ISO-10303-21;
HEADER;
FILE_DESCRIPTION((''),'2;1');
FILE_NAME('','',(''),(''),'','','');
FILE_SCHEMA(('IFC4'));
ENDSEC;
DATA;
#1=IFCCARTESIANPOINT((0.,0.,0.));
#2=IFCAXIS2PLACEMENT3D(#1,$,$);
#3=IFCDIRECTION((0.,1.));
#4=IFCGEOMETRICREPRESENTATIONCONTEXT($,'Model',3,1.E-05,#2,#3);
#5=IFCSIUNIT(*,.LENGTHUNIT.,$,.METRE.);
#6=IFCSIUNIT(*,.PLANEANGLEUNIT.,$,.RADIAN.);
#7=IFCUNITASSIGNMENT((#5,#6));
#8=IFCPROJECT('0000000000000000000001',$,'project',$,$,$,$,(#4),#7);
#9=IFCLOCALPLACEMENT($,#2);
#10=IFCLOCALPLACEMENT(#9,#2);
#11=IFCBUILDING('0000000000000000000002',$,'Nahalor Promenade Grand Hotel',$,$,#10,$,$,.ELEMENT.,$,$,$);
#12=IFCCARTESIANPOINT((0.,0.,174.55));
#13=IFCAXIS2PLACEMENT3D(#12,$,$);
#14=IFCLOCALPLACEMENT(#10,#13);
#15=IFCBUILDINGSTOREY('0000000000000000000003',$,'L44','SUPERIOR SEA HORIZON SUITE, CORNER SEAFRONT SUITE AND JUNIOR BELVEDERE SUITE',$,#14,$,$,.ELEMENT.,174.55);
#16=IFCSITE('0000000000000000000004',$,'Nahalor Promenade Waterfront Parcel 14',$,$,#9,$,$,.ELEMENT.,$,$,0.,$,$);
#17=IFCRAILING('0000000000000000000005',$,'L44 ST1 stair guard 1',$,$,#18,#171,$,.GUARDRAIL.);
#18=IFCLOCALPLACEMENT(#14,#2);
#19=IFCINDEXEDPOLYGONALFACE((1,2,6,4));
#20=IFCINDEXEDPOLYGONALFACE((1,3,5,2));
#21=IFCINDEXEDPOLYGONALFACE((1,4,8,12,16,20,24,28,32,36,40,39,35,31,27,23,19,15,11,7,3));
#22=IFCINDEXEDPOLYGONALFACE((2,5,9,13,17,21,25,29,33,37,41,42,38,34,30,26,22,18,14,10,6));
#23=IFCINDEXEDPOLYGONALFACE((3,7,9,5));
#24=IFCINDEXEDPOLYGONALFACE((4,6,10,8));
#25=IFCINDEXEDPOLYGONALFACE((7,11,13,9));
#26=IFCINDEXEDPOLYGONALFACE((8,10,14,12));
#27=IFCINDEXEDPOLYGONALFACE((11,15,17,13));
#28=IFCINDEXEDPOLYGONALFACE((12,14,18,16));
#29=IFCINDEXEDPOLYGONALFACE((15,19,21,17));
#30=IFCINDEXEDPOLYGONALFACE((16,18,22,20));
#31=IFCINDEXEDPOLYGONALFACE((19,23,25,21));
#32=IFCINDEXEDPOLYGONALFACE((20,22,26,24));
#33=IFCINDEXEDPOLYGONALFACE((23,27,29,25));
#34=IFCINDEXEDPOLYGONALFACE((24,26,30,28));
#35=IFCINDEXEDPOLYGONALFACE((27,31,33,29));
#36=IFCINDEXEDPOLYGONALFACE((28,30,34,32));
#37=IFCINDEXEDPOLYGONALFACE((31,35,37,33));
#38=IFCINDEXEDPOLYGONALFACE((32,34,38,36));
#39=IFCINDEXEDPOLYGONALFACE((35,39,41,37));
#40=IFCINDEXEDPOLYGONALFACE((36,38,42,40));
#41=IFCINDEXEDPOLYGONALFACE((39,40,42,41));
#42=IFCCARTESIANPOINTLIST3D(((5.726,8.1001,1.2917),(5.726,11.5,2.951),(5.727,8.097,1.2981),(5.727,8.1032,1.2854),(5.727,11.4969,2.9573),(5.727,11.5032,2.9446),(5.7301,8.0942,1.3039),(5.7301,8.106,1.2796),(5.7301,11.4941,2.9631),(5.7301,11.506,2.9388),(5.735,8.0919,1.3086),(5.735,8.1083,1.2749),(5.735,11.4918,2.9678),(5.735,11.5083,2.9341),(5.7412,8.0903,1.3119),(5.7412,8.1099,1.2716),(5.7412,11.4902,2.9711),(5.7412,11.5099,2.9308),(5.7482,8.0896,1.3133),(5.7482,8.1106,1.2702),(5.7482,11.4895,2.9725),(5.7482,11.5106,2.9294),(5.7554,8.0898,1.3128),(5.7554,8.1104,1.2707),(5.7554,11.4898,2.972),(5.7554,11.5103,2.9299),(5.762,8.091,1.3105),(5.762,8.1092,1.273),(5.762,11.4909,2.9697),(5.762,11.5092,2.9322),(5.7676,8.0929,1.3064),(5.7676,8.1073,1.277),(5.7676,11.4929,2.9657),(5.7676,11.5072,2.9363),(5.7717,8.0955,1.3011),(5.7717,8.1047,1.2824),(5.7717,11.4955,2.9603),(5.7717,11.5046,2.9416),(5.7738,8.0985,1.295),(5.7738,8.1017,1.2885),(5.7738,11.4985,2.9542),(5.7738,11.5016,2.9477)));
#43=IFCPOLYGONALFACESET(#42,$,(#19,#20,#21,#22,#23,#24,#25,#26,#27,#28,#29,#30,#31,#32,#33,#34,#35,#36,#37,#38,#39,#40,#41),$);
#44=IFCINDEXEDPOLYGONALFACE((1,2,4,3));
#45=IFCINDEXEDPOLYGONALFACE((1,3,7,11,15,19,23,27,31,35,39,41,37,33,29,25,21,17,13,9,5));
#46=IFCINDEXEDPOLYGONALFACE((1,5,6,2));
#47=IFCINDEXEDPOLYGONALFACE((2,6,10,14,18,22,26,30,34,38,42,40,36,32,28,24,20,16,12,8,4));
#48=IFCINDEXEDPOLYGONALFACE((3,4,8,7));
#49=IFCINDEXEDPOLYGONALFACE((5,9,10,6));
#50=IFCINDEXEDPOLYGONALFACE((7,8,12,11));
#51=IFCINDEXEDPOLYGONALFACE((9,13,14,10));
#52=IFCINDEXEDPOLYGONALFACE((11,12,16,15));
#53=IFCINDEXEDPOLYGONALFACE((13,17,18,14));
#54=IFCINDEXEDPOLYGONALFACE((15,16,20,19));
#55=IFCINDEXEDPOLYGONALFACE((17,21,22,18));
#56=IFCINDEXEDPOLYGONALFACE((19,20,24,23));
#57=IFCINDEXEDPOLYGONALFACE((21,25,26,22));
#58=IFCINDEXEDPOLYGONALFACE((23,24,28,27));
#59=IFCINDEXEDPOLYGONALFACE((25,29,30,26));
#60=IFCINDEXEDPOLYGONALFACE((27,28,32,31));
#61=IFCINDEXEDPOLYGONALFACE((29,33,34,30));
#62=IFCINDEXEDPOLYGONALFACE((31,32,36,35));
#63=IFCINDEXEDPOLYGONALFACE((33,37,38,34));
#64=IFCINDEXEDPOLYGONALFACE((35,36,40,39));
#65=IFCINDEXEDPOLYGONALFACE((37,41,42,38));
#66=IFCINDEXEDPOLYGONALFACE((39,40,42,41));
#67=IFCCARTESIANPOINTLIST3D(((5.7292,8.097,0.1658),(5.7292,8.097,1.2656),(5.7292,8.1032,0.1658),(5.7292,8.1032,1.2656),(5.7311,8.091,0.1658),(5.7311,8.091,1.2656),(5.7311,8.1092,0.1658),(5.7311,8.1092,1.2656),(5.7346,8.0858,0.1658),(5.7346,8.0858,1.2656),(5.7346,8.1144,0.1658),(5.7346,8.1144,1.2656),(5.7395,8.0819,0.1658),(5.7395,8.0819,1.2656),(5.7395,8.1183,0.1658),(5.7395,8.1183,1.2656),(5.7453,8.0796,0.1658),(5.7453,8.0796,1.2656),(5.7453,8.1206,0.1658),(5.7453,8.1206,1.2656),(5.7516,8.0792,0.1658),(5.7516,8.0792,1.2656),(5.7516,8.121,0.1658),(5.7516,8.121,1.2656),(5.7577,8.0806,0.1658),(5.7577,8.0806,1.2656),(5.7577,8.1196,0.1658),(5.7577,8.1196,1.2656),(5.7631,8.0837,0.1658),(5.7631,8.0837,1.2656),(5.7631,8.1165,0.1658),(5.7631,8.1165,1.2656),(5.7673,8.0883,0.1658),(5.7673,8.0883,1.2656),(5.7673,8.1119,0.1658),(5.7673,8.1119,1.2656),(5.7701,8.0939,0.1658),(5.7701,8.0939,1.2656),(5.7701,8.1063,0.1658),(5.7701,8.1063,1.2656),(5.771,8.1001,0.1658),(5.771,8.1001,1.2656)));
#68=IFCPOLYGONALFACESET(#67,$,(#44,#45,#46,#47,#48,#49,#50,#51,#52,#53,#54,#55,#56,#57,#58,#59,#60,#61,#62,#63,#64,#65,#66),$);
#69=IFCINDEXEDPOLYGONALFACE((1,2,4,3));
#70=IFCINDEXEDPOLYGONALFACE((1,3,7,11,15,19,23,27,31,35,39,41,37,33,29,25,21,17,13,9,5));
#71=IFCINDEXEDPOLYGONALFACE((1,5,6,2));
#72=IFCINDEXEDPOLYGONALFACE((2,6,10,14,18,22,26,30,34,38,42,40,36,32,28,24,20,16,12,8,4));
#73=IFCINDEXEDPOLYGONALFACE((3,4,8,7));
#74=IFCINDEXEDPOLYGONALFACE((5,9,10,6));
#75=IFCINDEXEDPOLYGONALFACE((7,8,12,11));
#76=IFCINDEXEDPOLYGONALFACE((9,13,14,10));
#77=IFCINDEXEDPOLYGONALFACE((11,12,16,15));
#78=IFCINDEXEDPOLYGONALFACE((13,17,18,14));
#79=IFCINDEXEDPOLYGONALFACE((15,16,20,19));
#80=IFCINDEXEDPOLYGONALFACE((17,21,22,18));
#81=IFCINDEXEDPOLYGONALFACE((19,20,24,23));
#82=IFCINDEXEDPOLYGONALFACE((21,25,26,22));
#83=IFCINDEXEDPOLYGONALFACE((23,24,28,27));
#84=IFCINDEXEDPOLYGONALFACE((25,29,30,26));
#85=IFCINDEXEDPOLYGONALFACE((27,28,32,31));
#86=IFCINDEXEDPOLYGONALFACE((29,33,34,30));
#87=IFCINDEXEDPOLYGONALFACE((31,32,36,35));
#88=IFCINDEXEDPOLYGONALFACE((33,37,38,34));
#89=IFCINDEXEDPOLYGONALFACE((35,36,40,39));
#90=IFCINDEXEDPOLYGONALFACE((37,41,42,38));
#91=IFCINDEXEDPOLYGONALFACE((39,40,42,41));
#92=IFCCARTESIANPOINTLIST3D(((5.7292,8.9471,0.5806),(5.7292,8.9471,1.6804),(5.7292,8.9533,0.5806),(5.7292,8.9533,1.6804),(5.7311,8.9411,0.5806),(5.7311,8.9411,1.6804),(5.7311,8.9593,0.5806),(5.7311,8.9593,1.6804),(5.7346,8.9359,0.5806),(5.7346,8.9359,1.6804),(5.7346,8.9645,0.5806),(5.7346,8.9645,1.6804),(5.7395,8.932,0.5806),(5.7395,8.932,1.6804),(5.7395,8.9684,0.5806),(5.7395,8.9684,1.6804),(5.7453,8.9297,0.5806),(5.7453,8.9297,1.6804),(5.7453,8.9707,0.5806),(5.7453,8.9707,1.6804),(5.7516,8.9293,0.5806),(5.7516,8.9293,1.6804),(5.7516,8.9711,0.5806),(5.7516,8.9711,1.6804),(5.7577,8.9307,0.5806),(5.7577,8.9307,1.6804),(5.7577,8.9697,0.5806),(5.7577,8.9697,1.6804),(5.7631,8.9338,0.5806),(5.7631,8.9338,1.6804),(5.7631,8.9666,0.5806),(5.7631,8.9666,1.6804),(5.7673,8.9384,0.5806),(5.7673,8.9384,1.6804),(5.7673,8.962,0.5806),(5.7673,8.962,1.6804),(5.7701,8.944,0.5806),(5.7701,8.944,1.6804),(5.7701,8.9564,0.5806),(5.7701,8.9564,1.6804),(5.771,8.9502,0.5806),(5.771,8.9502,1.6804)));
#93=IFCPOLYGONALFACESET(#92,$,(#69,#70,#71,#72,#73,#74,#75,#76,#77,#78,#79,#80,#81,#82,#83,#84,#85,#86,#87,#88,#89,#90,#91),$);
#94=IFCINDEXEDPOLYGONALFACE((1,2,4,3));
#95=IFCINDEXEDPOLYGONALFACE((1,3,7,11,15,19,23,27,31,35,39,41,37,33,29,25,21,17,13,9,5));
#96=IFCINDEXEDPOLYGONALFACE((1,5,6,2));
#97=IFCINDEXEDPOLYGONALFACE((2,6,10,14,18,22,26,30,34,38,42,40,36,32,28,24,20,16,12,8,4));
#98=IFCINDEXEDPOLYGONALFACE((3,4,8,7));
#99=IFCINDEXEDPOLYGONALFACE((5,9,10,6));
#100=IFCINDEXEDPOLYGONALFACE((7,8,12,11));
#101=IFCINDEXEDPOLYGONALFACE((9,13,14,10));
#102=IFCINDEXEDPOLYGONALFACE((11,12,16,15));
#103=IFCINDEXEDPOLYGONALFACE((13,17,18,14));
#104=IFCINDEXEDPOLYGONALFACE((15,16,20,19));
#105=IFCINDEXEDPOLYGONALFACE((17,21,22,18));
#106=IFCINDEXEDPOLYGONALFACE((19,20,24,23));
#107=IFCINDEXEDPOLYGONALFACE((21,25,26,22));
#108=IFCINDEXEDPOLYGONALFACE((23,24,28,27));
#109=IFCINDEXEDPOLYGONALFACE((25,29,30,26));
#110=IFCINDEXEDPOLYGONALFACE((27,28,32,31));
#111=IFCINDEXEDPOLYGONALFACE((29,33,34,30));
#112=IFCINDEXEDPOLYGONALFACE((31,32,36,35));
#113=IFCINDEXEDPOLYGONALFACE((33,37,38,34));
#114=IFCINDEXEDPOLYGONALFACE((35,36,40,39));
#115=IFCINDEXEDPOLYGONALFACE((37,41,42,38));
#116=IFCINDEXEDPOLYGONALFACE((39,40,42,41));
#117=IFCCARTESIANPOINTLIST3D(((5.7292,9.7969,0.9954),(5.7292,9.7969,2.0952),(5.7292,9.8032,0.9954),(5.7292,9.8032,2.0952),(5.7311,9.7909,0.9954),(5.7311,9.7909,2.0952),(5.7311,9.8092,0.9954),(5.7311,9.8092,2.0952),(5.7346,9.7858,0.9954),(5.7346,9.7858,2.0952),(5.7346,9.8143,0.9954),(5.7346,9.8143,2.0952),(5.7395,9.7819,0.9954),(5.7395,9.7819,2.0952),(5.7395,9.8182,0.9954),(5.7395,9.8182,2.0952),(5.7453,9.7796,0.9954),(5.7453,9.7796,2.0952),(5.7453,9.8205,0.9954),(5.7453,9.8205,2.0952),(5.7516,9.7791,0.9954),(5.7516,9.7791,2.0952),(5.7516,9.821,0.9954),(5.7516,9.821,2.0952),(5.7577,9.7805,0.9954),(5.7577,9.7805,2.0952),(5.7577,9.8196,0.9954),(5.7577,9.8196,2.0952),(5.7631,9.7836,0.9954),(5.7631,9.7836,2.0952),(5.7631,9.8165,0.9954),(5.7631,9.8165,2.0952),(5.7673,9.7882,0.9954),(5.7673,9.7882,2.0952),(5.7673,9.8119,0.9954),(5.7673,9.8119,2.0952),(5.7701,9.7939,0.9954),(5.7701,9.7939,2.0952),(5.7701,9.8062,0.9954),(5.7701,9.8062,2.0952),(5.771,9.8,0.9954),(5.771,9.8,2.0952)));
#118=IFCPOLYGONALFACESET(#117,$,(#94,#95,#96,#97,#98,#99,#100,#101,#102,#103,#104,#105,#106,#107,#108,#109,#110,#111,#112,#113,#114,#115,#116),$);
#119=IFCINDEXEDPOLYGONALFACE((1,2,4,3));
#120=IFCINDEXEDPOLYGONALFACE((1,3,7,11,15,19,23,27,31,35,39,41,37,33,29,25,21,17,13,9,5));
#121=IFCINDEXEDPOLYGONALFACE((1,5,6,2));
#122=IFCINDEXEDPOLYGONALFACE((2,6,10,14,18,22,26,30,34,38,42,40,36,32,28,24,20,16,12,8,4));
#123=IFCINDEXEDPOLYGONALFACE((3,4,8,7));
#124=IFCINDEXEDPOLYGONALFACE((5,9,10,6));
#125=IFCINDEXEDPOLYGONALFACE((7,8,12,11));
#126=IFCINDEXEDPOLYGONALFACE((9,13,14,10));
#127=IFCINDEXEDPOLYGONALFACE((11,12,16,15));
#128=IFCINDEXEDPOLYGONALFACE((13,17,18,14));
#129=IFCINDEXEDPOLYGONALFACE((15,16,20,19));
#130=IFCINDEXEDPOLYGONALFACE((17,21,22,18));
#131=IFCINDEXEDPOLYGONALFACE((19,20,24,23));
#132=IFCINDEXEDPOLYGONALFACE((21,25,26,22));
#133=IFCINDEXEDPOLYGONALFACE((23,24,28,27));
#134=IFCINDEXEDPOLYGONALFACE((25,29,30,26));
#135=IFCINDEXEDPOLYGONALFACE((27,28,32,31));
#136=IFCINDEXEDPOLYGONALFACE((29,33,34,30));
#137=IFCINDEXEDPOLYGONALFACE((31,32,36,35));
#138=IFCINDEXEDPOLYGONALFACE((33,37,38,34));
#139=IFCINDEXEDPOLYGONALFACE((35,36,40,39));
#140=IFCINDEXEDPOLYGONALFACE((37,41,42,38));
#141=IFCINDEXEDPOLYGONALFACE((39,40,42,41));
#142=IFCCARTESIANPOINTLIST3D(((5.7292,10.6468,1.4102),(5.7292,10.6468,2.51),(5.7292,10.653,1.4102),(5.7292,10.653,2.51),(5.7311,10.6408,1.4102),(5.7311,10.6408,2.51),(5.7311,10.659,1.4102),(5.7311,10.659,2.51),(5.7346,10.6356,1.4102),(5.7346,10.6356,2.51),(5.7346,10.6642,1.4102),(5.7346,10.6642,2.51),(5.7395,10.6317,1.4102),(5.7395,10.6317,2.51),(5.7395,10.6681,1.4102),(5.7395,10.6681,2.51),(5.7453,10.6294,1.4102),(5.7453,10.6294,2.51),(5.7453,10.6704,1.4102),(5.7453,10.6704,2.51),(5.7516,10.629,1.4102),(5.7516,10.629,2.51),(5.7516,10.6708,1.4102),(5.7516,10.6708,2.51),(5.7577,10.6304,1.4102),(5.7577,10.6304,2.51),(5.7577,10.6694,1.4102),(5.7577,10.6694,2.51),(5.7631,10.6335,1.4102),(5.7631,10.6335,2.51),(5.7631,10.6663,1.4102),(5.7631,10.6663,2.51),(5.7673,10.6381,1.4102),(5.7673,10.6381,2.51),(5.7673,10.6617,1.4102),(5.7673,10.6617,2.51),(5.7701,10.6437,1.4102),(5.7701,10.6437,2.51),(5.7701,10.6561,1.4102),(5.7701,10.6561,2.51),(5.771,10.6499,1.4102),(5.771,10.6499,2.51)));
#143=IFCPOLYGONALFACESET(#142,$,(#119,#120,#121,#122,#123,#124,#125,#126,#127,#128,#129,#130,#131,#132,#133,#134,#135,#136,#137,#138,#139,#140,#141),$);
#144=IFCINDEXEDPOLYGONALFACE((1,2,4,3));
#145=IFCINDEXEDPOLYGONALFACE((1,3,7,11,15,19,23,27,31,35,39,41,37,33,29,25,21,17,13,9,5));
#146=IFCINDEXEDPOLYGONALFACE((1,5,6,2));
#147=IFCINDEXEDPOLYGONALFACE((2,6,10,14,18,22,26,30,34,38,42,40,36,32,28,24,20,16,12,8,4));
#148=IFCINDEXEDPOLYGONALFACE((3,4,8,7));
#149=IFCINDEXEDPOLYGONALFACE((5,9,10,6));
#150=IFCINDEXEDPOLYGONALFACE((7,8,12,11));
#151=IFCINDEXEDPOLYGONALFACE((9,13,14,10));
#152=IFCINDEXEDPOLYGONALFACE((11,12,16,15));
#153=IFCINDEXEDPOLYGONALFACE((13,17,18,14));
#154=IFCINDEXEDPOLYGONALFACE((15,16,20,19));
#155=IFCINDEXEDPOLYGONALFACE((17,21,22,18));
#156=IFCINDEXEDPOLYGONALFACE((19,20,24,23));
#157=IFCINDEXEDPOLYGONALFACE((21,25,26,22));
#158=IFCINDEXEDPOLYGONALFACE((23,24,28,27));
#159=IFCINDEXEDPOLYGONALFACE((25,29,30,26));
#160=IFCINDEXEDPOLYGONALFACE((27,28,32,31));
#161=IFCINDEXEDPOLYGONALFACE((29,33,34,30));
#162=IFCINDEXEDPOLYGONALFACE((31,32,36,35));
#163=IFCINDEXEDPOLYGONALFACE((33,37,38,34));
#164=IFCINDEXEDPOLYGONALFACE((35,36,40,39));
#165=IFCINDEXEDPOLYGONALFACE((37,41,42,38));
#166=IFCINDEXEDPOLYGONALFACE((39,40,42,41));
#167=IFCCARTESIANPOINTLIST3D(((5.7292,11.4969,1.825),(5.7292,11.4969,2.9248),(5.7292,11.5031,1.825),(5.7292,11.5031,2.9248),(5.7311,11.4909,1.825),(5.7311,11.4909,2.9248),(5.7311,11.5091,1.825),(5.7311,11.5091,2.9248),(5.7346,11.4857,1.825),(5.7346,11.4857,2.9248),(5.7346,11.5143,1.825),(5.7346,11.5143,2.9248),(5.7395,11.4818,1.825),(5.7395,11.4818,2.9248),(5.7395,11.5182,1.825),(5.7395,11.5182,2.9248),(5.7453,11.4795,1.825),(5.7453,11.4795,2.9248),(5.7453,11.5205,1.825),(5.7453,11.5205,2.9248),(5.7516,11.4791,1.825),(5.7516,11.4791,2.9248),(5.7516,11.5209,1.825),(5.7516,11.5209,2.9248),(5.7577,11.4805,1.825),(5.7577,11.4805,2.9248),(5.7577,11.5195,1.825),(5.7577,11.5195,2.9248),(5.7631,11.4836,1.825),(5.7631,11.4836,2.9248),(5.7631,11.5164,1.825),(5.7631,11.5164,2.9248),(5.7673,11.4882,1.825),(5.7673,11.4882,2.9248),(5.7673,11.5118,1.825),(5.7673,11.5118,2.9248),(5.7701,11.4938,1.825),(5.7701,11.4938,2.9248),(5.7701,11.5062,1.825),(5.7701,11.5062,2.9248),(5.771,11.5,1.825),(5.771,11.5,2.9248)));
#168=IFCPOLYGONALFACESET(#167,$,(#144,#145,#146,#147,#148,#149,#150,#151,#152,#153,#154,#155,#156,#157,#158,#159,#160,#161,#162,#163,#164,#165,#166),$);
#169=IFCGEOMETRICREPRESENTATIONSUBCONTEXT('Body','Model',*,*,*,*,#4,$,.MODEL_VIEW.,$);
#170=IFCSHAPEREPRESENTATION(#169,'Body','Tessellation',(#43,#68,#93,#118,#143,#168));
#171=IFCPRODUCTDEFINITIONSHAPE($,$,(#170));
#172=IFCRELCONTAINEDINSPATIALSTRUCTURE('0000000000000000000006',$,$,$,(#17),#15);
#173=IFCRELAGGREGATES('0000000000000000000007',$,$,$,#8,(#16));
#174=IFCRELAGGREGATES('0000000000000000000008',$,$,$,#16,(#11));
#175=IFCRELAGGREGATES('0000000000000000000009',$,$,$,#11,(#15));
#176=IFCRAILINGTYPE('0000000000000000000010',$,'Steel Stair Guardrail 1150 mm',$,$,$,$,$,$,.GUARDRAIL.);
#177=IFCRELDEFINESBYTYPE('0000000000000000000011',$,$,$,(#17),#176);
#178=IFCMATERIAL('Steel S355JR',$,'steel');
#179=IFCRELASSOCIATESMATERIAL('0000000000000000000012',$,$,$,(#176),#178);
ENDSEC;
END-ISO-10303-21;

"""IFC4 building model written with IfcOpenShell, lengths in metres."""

from ifc_helpers import new_model, si_unit, direction, frame, origin, origin_2d, place, context, subcontext, project, spatial, circle, extrude, material, type_object, element, save


model = new_model("IFC4")

# Units and contexts
model_context = context("Model", 3, precision=1e-05, world=origin(), true_north=direction((0.0, 1.0)))
body_context = subcontext(model_context, "Body", "Model", "MODEL_VIEW")
ifc_project = project(units=[si_unit("LENGTHUNIT", "METRE"), si_unit("PLANEANGLEUNIT", "RADIAN")], contexts=[model_context])

# Site, building, storey
site_placement = place(None, origin())
site = spatial("IfcSite", under=ifc_project, at=site_placement, Name="Nahalor Promenade Waterfront Parcel 14", CompositionType="ELEMENT", RefElevation=0.0)
building_placement = place(site_placement, origin())
building = spatial("IfcBuilding", under=site, at=building_placement, Name="Nahalor Promenade Grand Hotel", CompositionType="ELEMENT")
storey_placement = place(building_placement, frame((0.0, 0.0, 174.55)))
storey = spatial("IfcBuildingStorey", under=building, at=storey_placement, Name="L44", Description="SUPERIOR SEA HORIZON SUITE, CORNER SEAFRONT SUITE AND JUNIOR BELVEDERE SUITE", CompositionType="ELEMENT", Elevation=174.55)

# Shared definitions
ifc_material_1 = material(Name="Steel S355JR", Category="steel")

# Railing
railing_type_1 = type_object("IfcRailingType", Name="Steel Stair Guardrail 1150 mm", PredefinedType="GUARDRAIL", material=ifc_material_1)
railing_1_placement = place(storey_placement, frame((5.75, 8.1001, 0.1658)))
element("IfcRailing", 1, at=railing_1_placement, inside=storey, type_object=railing_type_1, Name="L44 ST1 stair guard 1", PredefinedType="GUARDRAIL", context=body_context, shape_type="SweptSolid", body=[
    extrude(circle(Radius=0.024, at=origin_2d()), frame((0.0, 0.0, 1.126), z_axis=(0.0, 0.898696, 0.438571), x_axis=(-1.0, 0.0, 0.0)), (0.0, 0.0, 1.0), 3.7832),
    extrude(circle(Radius=0.021, at=origin_2d()), origin(), (0.0, 0.0, 1.0), 1.0999),
    extrude(circle(Radius=0.021, at=origin_2d()), frame((0.0, 0.8501, 0.4148)), (0.0, 0.0, 1.0), 1.0999),
    extrude(circle(Radius=0.021, at=origin_2d()), frame((0.0, 1.7, 0.8296)), (0.0, 0.0, 1.0), 1.0999),
    extrude(circle(Radius=0.021, at=origin_2d()), frame((0.0, 2.5498, 1.2444)), (0.0, 0.0, 1.0), 1.0999),
    extrude(circle(Radius=0.021, at=origin_2d()), frame((0.0, 3.3999, 1.6592)), (0.0, 0.0, 1.0), 1.0999),
])

save(model, "model.ifc")
